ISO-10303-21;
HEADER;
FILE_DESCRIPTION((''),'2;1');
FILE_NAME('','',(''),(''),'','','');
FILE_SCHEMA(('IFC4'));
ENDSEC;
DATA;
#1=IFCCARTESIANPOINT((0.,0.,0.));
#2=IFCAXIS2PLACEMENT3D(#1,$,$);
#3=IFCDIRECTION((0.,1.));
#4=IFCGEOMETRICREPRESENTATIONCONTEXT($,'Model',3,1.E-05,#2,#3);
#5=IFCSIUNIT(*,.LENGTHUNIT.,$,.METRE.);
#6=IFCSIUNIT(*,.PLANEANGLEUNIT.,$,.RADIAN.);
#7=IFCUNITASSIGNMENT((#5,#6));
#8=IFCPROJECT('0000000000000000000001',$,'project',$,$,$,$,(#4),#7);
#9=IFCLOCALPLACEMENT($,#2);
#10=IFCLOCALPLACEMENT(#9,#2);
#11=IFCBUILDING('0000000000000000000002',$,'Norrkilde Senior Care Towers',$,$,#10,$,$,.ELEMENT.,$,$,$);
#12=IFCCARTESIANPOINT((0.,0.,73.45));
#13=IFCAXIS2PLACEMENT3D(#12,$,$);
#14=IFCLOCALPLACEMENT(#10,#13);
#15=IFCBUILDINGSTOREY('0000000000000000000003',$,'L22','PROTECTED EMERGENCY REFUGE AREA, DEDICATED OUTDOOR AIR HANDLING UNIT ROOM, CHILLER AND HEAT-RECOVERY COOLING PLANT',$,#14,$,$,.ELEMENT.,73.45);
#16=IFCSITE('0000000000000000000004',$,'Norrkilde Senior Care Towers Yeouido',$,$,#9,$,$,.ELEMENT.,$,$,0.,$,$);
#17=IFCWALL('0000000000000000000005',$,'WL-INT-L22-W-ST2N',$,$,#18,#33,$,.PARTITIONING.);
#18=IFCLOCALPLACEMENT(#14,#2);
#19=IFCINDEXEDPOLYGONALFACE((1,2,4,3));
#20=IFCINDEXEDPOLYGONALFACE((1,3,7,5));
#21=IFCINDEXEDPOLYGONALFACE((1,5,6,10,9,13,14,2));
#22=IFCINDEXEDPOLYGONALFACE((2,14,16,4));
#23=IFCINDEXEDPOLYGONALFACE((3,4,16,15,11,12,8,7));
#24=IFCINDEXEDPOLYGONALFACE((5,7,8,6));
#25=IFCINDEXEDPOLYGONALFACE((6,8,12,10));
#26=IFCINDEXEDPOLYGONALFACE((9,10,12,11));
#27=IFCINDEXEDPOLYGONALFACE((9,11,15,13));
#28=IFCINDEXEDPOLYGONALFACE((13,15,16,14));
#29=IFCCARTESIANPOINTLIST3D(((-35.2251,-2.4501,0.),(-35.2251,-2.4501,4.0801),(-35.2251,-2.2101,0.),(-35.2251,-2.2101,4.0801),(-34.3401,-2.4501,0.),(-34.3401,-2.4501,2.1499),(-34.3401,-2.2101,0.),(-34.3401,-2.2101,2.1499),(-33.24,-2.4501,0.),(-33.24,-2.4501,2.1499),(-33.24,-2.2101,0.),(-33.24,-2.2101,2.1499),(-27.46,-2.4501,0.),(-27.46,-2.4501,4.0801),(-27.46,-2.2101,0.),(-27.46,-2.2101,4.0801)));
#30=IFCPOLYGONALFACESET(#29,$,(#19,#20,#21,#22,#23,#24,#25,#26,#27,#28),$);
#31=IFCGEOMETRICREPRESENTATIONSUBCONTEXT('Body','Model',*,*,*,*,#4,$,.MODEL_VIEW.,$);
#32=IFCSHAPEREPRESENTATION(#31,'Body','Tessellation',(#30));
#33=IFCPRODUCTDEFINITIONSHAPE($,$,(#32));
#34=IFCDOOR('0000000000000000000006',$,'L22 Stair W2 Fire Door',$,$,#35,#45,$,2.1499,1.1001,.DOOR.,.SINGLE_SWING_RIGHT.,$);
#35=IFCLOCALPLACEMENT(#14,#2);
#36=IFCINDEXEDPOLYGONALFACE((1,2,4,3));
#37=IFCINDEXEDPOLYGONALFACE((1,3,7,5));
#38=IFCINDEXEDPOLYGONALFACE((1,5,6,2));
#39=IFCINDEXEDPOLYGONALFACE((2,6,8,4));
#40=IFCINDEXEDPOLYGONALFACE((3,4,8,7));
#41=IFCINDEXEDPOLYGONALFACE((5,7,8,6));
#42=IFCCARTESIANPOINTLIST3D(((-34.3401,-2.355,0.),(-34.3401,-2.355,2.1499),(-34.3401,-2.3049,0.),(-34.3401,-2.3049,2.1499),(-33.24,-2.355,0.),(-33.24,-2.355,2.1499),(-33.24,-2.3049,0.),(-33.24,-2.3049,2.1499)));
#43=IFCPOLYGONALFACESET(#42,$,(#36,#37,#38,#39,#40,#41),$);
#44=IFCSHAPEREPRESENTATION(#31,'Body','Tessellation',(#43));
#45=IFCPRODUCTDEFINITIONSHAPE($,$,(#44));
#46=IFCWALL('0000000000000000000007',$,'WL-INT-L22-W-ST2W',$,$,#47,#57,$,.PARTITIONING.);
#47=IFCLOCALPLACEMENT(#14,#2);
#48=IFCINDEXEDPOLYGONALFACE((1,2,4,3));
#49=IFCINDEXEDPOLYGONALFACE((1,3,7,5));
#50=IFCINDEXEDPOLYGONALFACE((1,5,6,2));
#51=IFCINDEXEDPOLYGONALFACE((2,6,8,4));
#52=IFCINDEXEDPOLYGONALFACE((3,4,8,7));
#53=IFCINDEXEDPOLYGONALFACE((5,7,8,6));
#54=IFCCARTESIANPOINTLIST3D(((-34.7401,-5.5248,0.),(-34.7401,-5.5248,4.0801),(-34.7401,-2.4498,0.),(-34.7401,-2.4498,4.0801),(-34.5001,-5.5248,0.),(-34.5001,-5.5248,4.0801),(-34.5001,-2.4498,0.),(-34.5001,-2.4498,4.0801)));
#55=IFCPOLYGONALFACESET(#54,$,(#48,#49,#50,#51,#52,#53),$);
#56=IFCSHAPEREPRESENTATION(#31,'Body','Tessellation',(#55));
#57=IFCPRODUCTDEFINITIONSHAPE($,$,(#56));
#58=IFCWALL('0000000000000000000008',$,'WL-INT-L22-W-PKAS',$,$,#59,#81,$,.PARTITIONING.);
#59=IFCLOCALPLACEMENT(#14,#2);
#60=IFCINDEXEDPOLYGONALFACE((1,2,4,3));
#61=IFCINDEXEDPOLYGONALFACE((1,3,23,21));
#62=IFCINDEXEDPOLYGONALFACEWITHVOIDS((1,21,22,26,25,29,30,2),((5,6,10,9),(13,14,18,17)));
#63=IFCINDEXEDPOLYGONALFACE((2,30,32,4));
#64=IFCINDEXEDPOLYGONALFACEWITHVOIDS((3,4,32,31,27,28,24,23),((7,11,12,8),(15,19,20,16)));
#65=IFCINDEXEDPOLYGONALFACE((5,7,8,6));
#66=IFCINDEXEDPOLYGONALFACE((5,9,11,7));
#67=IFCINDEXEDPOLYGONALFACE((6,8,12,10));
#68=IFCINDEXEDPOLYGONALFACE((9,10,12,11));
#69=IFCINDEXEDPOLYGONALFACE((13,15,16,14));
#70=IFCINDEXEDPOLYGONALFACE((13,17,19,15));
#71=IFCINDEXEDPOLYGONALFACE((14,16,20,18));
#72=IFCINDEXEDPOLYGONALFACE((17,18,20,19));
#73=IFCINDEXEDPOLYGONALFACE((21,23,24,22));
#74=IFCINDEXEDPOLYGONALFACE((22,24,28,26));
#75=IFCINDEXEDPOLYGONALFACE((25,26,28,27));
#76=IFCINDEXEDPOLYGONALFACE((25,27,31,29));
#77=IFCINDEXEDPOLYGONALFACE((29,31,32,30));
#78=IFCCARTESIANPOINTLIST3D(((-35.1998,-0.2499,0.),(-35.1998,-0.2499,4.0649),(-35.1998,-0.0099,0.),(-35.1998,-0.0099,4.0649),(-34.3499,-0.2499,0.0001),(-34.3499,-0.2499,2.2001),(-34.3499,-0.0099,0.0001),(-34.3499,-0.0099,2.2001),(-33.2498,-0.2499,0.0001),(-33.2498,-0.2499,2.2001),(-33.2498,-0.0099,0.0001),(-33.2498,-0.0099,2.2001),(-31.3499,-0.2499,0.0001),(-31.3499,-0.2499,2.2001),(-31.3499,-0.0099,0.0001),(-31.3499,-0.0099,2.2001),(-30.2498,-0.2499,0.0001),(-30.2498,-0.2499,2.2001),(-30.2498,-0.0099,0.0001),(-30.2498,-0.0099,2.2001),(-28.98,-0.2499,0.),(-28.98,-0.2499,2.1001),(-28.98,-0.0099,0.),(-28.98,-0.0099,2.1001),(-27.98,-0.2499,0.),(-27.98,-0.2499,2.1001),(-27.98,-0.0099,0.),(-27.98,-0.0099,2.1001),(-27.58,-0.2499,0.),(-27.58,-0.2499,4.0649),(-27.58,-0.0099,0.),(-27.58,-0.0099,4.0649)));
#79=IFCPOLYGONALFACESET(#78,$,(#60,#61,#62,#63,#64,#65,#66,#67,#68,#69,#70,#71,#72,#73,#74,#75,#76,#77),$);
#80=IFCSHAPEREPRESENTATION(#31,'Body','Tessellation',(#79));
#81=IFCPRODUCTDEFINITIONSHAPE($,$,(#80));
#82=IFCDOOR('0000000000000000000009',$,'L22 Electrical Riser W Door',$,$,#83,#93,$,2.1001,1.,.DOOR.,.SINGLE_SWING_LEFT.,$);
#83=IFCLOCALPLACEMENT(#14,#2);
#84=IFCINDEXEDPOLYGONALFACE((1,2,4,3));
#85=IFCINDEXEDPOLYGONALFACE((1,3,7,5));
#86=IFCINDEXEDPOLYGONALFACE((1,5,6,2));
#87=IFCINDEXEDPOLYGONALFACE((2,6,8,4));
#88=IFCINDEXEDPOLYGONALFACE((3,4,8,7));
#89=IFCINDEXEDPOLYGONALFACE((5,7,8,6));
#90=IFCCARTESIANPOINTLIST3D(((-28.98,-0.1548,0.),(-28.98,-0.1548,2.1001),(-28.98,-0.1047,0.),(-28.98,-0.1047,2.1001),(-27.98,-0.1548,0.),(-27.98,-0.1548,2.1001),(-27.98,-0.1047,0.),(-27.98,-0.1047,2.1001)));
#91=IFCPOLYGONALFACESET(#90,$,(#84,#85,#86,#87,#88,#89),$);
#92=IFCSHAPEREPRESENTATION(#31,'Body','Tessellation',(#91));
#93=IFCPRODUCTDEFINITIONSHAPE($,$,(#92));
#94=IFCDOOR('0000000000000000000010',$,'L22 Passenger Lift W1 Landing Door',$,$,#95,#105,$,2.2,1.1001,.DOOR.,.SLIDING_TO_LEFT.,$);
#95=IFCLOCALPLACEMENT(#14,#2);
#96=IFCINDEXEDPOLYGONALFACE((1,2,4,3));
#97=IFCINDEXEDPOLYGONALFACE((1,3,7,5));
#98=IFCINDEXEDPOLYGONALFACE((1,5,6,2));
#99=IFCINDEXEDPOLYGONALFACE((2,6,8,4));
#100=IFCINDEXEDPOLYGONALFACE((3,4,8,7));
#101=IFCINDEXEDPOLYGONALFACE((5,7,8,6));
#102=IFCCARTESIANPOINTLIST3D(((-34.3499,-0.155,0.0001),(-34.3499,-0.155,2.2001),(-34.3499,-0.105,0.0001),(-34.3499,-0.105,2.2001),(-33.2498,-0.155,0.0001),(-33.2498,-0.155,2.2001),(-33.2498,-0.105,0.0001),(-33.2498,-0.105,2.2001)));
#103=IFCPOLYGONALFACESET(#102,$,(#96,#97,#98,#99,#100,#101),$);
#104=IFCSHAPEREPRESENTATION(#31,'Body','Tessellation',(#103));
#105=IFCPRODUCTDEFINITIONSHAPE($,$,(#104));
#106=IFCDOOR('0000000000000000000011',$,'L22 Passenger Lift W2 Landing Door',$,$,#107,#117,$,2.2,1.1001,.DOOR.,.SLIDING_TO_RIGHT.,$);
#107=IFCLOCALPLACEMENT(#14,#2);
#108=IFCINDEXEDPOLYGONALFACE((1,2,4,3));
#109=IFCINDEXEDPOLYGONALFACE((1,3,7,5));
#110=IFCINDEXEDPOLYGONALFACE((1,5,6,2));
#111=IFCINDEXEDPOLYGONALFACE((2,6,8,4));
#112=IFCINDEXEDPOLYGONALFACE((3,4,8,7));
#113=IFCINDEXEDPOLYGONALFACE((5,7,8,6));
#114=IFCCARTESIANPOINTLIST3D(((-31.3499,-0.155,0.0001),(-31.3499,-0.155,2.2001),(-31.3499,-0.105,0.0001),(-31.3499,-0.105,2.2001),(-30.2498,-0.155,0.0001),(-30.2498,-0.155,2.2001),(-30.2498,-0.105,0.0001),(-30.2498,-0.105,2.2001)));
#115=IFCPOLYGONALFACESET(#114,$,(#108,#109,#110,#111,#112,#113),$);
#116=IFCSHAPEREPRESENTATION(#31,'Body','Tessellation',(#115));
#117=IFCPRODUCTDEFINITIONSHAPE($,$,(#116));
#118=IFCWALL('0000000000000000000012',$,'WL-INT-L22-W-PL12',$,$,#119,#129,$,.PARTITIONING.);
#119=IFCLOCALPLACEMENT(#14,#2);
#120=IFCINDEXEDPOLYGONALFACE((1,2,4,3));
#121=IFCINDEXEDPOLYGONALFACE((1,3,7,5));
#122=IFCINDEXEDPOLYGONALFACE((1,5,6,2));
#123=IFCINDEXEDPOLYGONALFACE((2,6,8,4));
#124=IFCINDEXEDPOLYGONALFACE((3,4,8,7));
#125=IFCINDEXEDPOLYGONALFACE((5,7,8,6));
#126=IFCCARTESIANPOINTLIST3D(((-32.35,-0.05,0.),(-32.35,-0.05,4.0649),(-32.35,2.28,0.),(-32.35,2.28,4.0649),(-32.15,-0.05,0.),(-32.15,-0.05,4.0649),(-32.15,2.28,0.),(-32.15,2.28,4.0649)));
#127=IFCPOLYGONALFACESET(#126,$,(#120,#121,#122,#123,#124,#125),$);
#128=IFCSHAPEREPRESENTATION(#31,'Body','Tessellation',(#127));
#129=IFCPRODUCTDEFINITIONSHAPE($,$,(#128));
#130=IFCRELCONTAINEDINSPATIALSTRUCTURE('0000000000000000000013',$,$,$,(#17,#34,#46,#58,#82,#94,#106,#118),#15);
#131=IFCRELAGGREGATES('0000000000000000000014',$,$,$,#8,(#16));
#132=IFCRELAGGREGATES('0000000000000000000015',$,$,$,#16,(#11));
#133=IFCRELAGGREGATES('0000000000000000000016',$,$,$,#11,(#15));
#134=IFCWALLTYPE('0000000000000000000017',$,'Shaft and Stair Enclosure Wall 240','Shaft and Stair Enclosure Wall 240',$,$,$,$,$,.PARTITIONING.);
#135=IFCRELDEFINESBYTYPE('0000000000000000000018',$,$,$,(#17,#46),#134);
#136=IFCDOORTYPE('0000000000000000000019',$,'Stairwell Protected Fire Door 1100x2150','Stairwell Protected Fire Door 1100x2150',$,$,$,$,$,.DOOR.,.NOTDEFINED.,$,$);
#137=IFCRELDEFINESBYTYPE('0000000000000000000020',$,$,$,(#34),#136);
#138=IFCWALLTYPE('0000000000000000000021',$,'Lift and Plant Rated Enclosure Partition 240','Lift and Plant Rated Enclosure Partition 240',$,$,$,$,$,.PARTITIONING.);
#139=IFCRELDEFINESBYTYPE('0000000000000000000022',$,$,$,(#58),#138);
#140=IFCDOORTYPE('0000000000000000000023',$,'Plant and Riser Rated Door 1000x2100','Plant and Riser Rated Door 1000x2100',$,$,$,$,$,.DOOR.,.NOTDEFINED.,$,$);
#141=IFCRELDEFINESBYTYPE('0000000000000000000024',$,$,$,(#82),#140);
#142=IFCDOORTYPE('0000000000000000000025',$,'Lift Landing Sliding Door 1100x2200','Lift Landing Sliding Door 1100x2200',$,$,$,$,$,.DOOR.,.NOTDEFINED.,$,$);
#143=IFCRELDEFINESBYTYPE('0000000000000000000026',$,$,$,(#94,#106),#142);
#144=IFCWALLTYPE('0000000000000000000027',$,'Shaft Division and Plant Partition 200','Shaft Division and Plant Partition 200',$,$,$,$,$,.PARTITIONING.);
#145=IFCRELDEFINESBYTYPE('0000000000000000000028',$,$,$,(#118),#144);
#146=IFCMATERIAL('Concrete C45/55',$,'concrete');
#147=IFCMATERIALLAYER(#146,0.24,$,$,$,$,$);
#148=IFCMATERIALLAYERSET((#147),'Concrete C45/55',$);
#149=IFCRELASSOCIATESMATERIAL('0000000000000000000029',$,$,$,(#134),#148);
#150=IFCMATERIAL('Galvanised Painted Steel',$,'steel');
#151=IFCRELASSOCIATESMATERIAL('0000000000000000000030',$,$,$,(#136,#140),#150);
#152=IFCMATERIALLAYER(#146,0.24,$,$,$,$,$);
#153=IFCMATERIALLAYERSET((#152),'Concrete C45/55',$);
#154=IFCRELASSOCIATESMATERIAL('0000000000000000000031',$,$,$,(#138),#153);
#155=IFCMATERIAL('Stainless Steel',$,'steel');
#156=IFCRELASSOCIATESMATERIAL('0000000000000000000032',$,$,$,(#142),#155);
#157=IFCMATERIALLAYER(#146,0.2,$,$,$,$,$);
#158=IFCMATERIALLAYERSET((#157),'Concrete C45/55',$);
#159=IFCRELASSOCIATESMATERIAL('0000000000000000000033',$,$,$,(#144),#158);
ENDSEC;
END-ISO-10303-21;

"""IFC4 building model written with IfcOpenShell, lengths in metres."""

from ifc_helpers import new_model, si_unit, direction, frame, frame_2d, origin, place, context, subcontext, project, spatial, rectangle, extrude, source, transform, mapped, material, layer, layer_set, type_object, type_shapes, element, fill, save


model = new_model("IFC4")

# Units and contexts
model_context = context("Model", 3, precision=1e-05, world=origin(), true_north=direction((0.0, 1.0)))
body_context = subcontext(model_context, "Body", "Model", "MODEL_VIEW")
ifc_project = project(units=[si_unit("LENGTHUNIT", "METRE"), si_unit("PLANEANGLEUNIT", "RADIAN")], contexts=[model_context])

# Site, building, storey
site_placement = place(None, origin())
site = spatial("IfcSite", under=ifc_project, at=site_placement, Name="Norrkilde Senior Care Towers Yeouido", CompositionType="ELEMENT", RefElevation=0.0)
building_placement = place(site_placement, origin())
building = spatial("IfcBuilding", under=site, at=building_placement, Name="Norrkilde Senior Care Towers", CompositionType="ELEMENT")
storey_placement = place(building_placement, frame((0.0, 0.0, 73.45)))
storey = spatial("IfcBuildingStorey", under=building, at=storey_placement, Name="L22", Description="PROTECTED EMERGENCY REFUGE AREA, DEDICATED OUTDOOR AIR HANDLING UNIT ROOM, CHILLER AND HEAT-RECOVERY COOLING PLANT", CompositionType="ELEMENT", Elevation=73.45)

# Wall, opening, door
ifc_material_1 = material(Name="Galvanised Painted Steel", Category="steel")
ifc_material_2 = material(Name="Concrete C45/55", Category="concrete")
ifc_layer_1 = layer(ifc_material_2, 0.24)
ifc_layer_set_1 = layer_set([ifc_layer_1], Name="Concrete C45/55")
wall_type_1 = type_object("IfcWallType", Name="Shaft and Stair Enclosure Wall 240", Description="Shaft and Stair Enclosure Wall 240", PredefinedType="PARTITIONING", material=ifc_layer_set_1)
shared_shape_1 = source(origin(), body_context, "Body", "SweptSolid", [
    extrude(rectangle(XDim=7.7651, YDim=0.24, at=frame_2d((3.8826, 0.0))), origin(), (0.0, 0.0, 1.0), 4.0801),
])
wall_1_placement = place(storey_placement, frame((-35.2251, -2.3301, 0.0), z_axis=(0.0, 0.0, 1.0), x_axis=(1.0, 0.0, 0.0)))
wall_1 = element("IfcWall", 1, at=wall_1_placement, inside=storey, type_object=wall_type_1, Name="WL-INT-L22-W-ST2N", PredefinedType="PARTITIONING", context=body_context, shape_type="MappedRepresentation", body=[
    mapped(shared_shape_1, transform((0.0, 0.0, 0.0), x_axis=(1.0, 0.0, 0.0), y_axis=(0.0, 1.0, 0.0), z_axis=(0.0, 0.0, 1.0), scale=1.0)),
])
opening_1_placement = place(wall_1_placement, frame((0.885, 0.0, 0.0)))
opening_1 = element("IfcOpeningElement", 2, at=opening_1_placement, cuts=wall_1, PredefinedType="OPENING", context=body_context, shape_type="SweptSolid", body=[
    extrude(rectangle(XDim=1.1001, YDim=2.1499, at=frame_2d((0.55, 1.075))), frame((0.0, 0.1299, 0.0), z_axis=(0.0, -1.0, 0.0), x_axis=(1.0, 0.0, 0.0)), (0.0, 0.0, 1.0), 0.26),
])
door_type_1 = type_object("IfcDoorType", Name="Stairwell Protected Fire Door 1100x2150", Description="Stairwell Protected Fire Door 1100x2150", OperationType="NOTDEFINED", PredefinedType="DOOR", material=ifc_material_1)
shared_shape_2 = source(origin(), body_context, "Body", "SweptSolid", [
    extrude(rectangle(XDim=1.1001, YDim=2.1499, at=frame_2d((0.55, 1.075))), frame((0.0, 0.0249, 0.0), z_axis=(0.0, -1.0, 0.0), x_axis=(1.0, 0.0, 0.0)), (0.0, 0.0, 1.0), 0.05),
])
type_shapes(door_type_1, [shared_shape_2])
door_1_placement = place(opening_1_placement, frame((1.1001, 0.0, 0.0), z_axis=(0.0, 0.0, 1.0), x_axis=(-1.0, 0.0, 0.0)))
door_1 = element("IfcDoor", 3, at=door_1_placement, inside=storey, type_object=door_type_1, Name="L22 Stair W2 Fire Door", OperationType="SINGLE_SWING_RIGHT", OverallHeight=2.1499, OverallWidth=1.1001, PredefinedType="DOOR", context=body_context, shape_type="MappedRepresentation", body=[
    mapped(shared_shape_2, transform((0.0, 0.0, 0.0), x_axis=(1.0, 0.0, 0.0), y_axis=(0.0, 1.0, 0.0), z_axis=(0.0, 0.0, 1.0), scale=1.0)),
])
fill(opening_1, door_1)

# Wall
shared_shape_3 = source(origin(), body_context, "Body", "SweptSolid", [
    extrude(rectangle(XDim=3.075, YDim=0.24, at=frame_2d((1.5376, 0.0))), origin(), (0.0, 0.0, 1.0), 4.0801),
])
type_shapes(wall_type_1, [shared_shape_1, shared_shape_3])
wall_2_placement = place(storey_placement, frame((-34.6201, -5.5249, 0.0), z_axis=(0.0, 0.0, 1.0), x_axis=(0.0, 1.0, 0.0)))
element("IfcWall", 4, at=wall_2_placement, inside=storey, type_object=wall_type_1, Name="WL-INT-L22-W-ST2W", PredefinedType="PARTITIONING", context=body_context, shape_type="MappedRepresentation", body=[
    mapped(shared_shape_3, transform((0.0, 0.0, 0.0), x_axis=(1.0, 0.0, 0.0), y_axis=(0.0, 1.0, 0.0), z_axis=(0.0, 0.0, 1.0), scale=1.0)),
])

# Wall, openings, doors
ifc_layer_2 = layer(ifc_material_2, 0.24)
ifc_layer_set_2 = layer_set([ifc_layer_2], Name="Concrete C45/55")
wall_type_2 = type_object("IfcWallType", Name="Lift and Plant Rated Enclosure Partition 240", Description="Lift and Plant Rated Enclosure Partition 240", PredefinedType="PARTITIONING", material=ifc_layer_set_2)
shared_shape_4 = source(origin(), body_context, "Body", "SweptSolid", [
    extrude(rectangle(XDim=7.6199, YDim=0.24, at=frame_2d((3.8101, 0.0))), origin(), (0.0, 0.0, 1.0), 4.0649),
])
type_shapes(wall_type_2, [shared_shape_4])
wall_3_placement = place(storey_placement, frame((-35.2, -0.1299, 0.0), z_axis=(0.0, 0.0, 1.0), x_axis=(1.0, 0.0, 0.0)))
wall_3 = element("IfcWall", 5, at=wall_3_placement, inside=storey, type_object=wall_type_2, Name="WL-INT-L22-W-PKAS", PredefinedType="PARTITIONING", context=body_context, shape_type="MappedRepresentation", body=[
    mapped(shared_shape_4, transform((0.0, 0.0, 0.0), x_axis=(1.0, 0.0, 0.0), y_axis=(0.0, 1.0, 0.0), z_axis=(0.0, 0.0, 1.0), scale=1.0)),
])
opening_2_placement = place(wall_3_placement, frame((6.22, 0.0, 0.0)))
opening_2 = element("IfcOpeningElement", 6, at=opening_2_placement, cuts=wall_3, PredefinedType="OPENING", context=body_context, shape_type="SweptSolid", body=[
    extrude(rectangle(XDim=1.0, YDim=2.1001, at=frame_2d((0.5, 1.05))), frame((0.0, 0.1299, 0.0), z_axis=(0.0, -1.0, 0.0), x_axis=(1.0, 0.0, 0.0)), (0.0, 0.0, 1.0), 0.26),
])
opening_3_placement = place(wall_3_placement, frame((0.8501, 0.0, 0.0)))
opening_3 = element("IfcOpeningElement", 7, at=opening_3_placement, cuts=wall_3, PredefinedType="OPENING", context=body_context, shape_type="SweptSolid", body=[
    extrude(rectangle(XDim=1.1001, YDim=2.2, at=frame_2d((0.55, 1.1001))), frame((0.0, 0.1299, 0.0), z_axis=(0.0, -1.0, 0.0), x_axis=(1.0, 0.0, 0.0)), (0.0, 0.0, 1.0), 0.26),
])
opening_4_placement = place(wall_3_placement, frame((3.8501, 0.0, 0.0)))
opening_4 = element("IfcOpeningElement", 8, at=opening_4_placement, cuts=wall_3, PredefinedType="OPENING", context=body_context, shape_type="SweptSolid", body=[
    extrude(rectangle(XDim=1.1001, YDim=2.2, at=frame_2d((0.55, 1.1001))), frame((0.0, 0.1299, 0.0), z_axis=(0.0, -1.0, 0.0), x_axis=(1.0, 0.0, 0.0)), (0.0, 0.0, 1.0), 0.26),
])
door_type_2 = type_object("IfcDoorType", Name="Plant and Riser Rated Door 1000x2100", Description="Plant and Riser Rated Door 1000x2100", OperationType="NOTDEFINED", PredefinedType="DOOR", material=ifc_material_1)
shared_shape_5 = source(origin(), body_context, "Body", "SweptSolid", [
    extrude(rectangle(XDim=1.0, YDim=2.1001, at=frame_2d((0.5, 1.05))), frame((0.0, 0.0249, 0.0), z_axis=(0.0, -1.0, 0.0), x_axis=(1.0, 0.0, 0.0)), (0.0, 0.0, 1.0), 0.05),
])
type_shapes(door_type_2, [shared_shape_5])
door_2_placement = place(opening_2_placement, frame((1.0, 0.0, 0.0), z_axis=(0.0, 0.0, 1.0), x_axis=(-1.0, 0.0, 0.0)))
door_2 = element("IfcDoor", 9, at=door_2_placement, inside=storey, type_object=door_type_2, Name="L22 Electrical Riser W Door", OperationType="SINGLE_SWING_LEFT", OverallHeight=2.1001, OverallWidth=1.0, PredefinedType="DOOR", context=body_context, shape_type="MappedRepresentation", body=[
    mapped(shared_shape_5, transform((0.0, 0.0, 0.0), x_axis=(1.0, 0.0, 0.0), y_axis=(0.0, 1.0, 0.0), z_axis=(0.0, 0.0, 1.0), scale=1.0)),
])
fill(opening_2, door_2)
ifc_material_3 = material(Name="Stainless Steel", Category="steel")
door_type_3 = type_object("IfcDoorType", Name="Lift Landing Sliding Door 1100x2200", Description="Lift Landing Sliding Door 1100x2200", OperationType="NOTDEFINED", PredefinedType="DOOR", material=ifc_material_3)
shared_shape_6 = source(origin(), body_context, "Body", "SweptSolid", [
    extrude(rectangle(XDim=1.1001, YDim=2.2, at=frame_2d((0.55, 1.1001))), frame((0.0, 0.0249, 0.0), z_axis=(0.0, -1.0, 0.0), x_axis=(1.0, 0.0, 0.0)), (0.0, 0.0, 1.0), 0.05),
])
type_shapes(door_type_3, [shared_shape_6])
door_3_placement = place(opening_3_placement, origin())
door_3 = element("IfcDoor", 10, at=door_3_placement, inside=storey, type_object=door_type_3, Name="L22 Passenger Lift W1 Landing Door", OperationType="SLIDING_TO_LEFT", OverallHeight=2.2, OverallWidth=1.1001, PredefinedType="DOOR", context=body_context, shape_type="MappedRepresentation", body=[
    mapped(shared_shape_6, transform((0.0, 0.0, 0.0), x_axis=(1.0, 0.0, 0.0), y_axis=(0.0, 1.0, 0.0), z_axis=(0.0, 0.0, 1.0), scale=1.0)),
])
fill(opening_3, door_3)
door_4_placement = place(opening_4_placement, origin())
door_4 = element("IfcDoor", 11, at=door_4_placement, inside=storey, type_object=door_type_3, Name="L22 Passenger Lift W2 Landing Door", OperationType="SLIDING_TO_RIGHT", OverallHeight=2.2, OverallWidth=1.1001, PredefinedType="DOOR", context=body_context, shape_type="MappedRepresentation", body=[
    mapped(shared_shape_6, transform((0.0, 0.0, 0.0), x_axis=(1.0, 0.0, 0.0), y_axis=(0.0, 1.0, 0.0), z_axis=(0.0, 0.0, 1.0), scale=1.0)),
])
fill(opening_4, door_4)

# Wall
ifc_layer_3 = layer(ifc_material_2, 0.2)
ifc_layer_set_3 = layer_set([ifc_layer_3], Name="Concrete C45/55")
wall_type_3 = type_object("IfcWallType", Name="Shaft Division and Plant Partition 200", Description="Shaft Division and Plant Partition 200", PredefinedType="PARTITIONING", material=ifc_layer_set_3)
shared_shape_7 = source(origin(), body_context, "Body", "SweptSolid", [
    extrude(rectangle(XDim=2.3301, YDim=0.2, at=frame_2d((1.165, 0.0))), origin(), (0.0, 0.0, 1.0), 4.0649),
])
type_shapes(wall_type_3, [shared_shape_7])
wall_4_placement = place(storey_placement, frame((-32.25, -0.05, 0.0), z_axis=(0.0, 0.0, 1.0), x_axis=(0.0, 1.0, 0.0)))
element("IfcWall", 12, at=wall_4_placement, inside=storey, type_object=wall_type_3, Name="WL-INT-L22-W-PL12", PredefinedType="PARTITIONING", context=body_context, shape_type="MappedRepresentation", body=[
    mapped(shared_shape_7, transform((0.0, 0.0, 0.0), x_axis=(1.0, 0.0, 0.0), y_axis=(0.0, 1.0, 0.0), z_axis=(0.0, 0.0, 1.0), scale=1.0)),
])

save(model, "model.ifc")
